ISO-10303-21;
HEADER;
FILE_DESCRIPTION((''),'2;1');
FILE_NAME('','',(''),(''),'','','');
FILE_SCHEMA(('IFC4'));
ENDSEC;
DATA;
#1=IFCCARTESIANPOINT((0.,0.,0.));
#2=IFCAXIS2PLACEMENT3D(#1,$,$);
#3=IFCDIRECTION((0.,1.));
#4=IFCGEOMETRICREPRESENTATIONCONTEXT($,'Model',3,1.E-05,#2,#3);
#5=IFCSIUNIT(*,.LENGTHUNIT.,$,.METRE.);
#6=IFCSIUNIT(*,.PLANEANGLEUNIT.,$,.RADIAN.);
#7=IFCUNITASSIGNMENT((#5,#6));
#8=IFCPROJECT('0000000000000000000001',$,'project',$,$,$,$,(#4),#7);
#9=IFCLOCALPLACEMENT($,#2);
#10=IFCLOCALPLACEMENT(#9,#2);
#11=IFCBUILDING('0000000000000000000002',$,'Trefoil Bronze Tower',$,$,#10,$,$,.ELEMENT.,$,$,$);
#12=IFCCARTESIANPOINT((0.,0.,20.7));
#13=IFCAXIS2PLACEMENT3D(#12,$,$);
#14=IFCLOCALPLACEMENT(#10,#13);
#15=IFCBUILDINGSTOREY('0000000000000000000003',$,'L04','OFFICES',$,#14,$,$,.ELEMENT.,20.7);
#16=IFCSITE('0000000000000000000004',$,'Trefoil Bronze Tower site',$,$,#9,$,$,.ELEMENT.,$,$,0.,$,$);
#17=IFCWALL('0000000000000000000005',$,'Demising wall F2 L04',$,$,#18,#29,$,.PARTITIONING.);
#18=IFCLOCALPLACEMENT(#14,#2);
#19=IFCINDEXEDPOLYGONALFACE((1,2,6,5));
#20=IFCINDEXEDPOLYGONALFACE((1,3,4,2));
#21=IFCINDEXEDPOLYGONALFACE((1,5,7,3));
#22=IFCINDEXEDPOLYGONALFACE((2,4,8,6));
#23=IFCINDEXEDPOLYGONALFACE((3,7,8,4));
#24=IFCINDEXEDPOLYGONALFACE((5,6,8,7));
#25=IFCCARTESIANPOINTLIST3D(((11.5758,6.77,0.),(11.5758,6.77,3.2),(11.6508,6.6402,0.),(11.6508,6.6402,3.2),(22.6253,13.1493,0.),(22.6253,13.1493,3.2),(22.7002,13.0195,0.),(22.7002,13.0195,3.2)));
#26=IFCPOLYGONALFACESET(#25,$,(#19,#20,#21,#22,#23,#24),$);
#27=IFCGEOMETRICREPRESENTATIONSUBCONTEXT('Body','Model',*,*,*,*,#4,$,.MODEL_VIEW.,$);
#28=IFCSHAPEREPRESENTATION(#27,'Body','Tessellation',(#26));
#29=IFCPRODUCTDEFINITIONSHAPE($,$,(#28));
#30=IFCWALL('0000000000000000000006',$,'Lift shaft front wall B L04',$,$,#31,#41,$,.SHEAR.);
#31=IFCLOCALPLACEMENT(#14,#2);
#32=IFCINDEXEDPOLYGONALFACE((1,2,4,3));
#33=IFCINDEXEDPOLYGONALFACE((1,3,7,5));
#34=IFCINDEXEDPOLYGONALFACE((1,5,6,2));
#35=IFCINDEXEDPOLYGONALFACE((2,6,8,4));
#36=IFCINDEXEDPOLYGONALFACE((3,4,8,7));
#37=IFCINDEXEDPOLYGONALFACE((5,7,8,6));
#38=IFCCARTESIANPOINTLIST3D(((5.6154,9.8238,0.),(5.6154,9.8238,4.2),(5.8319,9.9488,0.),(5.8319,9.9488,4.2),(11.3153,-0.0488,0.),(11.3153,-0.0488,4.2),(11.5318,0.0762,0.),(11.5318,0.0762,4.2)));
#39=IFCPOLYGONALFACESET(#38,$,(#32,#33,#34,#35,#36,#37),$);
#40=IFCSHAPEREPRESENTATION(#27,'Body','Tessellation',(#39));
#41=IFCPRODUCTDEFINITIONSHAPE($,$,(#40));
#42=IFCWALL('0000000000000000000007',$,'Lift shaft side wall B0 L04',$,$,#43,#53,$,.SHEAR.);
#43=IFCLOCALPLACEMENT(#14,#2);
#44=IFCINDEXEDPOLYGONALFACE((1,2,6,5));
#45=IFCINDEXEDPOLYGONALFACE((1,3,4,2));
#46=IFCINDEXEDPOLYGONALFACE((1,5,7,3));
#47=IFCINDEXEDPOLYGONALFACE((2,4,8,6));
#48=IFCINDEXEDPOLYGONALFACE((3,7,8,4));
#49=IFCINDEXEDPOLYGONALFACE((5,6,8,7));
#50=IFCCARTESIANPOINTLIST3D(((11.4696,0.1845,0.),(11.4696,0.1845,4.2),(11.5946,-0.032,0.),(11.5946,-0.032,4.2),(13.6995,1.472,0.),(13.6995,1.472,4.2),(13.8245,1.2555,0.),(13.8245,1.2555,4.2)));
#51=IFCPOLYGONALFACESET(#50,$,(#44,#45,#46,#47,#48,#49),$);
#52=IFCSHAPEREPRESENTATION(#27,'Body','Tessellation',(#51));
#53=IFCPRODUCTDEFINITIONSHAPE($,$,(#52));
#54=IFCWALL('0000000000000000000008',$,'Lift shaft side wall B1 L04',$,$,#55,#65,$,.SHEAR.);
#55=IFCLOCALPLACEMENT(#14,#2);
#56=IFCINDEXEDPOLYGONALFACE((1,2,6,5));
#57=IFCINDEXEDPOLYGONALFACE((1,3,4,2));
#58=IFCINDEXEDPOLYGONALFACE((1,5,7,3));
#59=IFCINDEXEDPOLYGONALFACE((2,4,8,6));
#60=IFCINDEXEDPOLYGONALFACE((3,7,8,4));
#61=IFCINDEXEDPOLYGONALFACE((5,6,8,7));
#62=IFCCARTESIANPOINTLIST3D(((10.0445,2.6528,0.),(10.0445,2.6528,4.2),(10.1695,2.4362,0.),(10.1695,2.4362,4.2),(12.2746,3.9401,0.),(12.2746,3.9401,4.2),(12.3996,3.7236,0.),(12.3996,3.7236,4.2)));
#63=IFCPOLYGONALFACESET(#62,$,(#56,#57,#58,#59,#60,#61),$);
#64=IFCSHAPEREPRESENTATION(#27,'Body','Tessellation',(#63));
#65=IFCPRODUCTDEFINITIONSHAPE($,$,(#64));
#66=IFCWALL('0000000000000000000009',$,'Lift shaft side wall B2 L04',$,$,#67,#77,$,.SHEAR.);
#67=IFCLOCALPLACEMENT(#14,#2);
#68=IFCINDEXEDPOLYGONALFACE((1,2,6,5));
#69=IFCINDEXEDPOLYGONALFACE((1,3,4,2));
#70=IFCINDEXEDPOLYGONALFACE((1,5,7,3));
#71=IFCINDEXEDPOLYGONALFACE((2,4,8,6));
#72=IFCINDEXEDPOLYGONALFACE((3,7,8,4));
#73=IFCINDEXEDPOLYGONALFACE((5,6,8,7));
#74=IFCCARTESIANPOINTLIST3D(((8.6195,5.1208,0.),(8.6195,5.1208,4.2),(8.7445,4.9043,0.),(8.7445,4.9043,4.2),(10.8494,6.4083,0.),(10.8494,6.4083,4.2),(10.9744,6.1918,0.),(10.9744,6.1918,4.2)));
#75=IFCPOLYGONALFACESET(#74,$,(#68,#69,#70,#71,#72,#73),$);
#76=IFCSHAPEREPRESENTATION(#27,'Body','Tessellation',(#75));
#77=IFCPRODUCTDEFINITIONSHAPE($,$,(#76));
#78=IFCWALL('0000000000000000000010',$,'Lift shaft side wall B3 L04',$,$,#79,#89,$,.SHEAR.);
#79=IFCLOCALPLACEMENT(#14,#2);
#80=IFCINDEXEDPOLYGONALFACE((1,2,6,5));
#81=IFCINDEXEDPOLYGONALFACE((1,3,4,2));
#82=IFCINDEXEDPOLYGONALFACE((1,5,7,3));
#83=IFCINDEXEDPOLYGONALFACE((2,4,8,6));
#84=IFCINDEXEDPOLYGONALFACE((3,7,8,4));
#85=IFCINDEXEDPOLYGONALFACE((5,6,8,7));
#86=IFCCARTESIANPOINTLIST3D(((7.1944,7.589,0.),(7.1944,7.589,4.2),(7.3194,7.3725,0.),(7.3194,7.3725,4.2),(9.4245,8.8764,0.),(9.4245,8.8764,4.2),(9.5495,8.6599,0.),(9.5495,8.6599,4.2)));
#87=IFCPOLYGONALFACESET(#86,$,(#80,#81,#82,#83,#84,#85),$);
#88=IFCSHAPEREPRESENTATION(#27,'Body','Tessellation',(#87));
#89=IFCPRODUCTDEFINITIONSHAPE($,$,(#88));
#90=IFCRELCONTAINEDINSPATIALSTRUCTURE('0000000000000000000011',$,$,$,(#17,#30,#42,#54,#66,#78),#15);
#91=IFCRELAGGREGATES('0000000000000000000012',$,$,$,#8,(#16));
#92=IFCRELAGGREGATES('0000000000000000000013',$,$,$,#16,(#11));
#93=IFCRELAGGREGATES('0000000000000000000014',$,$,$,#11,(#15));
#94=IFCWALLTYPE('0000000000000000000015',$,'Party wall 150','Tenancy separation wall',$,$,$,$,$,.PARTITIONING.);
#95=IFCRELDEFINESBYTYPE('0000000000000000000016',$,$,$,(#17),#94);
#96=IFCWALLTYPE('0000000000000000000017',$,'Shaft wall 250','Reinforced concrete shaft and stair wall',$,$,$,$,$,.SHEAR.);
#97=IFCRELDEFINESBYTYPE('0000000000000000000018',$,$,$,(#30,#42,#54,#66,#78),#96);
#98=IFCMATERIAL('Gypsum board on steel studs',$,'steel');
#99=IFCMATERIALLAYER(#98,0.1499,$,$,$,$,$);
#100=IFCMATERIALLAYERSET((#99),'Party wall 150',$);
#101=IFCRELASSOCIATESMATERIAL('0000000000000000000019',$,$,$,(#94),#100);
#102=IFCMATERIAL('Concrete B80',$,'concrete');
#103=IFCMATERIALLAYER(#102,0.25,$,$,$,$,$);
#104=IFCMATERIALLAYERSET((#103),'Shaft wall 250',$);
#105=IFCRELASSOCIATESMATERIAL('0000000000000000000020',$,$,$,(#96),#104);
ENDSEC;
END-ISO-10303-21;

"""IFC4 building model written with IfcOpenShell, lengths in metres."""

from ifc_helpers import new_model, si_unit, direction, frame, frame_2d, origin, place, context, subcontext, project, spatial, rectangle, extrude, material, layer, layer_set, type_object, element, save


model = new_model("IFC4")

# Units and contexts
model_context = context("Model", 3, precision=1e-05, world=origin(), true_north=direction((0.0, 1.0)))
body_context = subcontext(model_context, "Body", "Model", "MODEL_VIEW")
ifc_project = project(units=[si_unit("LENGTHUNIT", "METRE"), si_unit("PLANEANGLEUNIT", "RADIAN")], contexts=[model_context])

# Site, building, storey
site_placement = place(None, origin())
site = spatial("IfcSite", under=ifc_project, at=site_placement, Name="Trefoil Bronze Tower site", CompositionType="ELEMENT", RefElevation=0.0)
building_placement = place(site_placement, origin())
building = spatial("IfcBuilding", under=site, at=building_placement, Name="Trefoil Bronze Tower", CompositionType="ELEMENT")
storey_placement = place(building_placement, frame((0.0, 0.0, 20.7)))
storey = spatial("IfcBuildingStorey", under=building, at=storey_placement, Name="L04", Description="OFFICES", CompositionType="ELEMENT", Elevation=20.7)

# Walls
ifc_material_1 = material(Name="Gypsum board on steel studs", Category="steel")
ifc_layer_1 = layer(ifc_material_1, 0.1499)
ifc_layer_set_1 = layer_set([ifc_layer_1], Name="Party wall 150")
wall_type_1 = type_object("IfcWallType", Name="Party wall 150", Description="Tenancy separation wall", PredefinedType="PARTITIONING", material=ifc_layer_set_1)
wall_1_placement = place(storey_placement, frame((11.6133, 6.7051, 0.0), z_axis=(0.0, 0.0, 1.0), x_axis=(0.866028, 0.499996, 0.0)))
element("IfcWall", 1, at=wall_1_placement, inside=storey, type_object=wall_type_1, Name="Demising wall F2 L04", PredefinedType="PARTITIONING", context=body_context, shape_type="SweptSolid", body=[
    extrude(rectangle(XDim=12.7588, YDim=0.1499, at=frame_2d((6.3794, 0.0))), origin(), (0.0, 0.0, 1.0), 3.2),
])
ifc_material_2 = material(Name="Concrete B80", Category="concrete")
ifc_layer_2 = layer(ifc_material_2, 0.25)
ifc_layer_set_2 = layer_set([ifc_layer_2], Name="Shaft wall 250")
wall_type_2 = type_object("IfcWallType", Name="Shaft wall 250", Description="Reinforced concrete shaft and stair wall", PredefinedType="SHEAR", material=ifc_layer_set_2)
wall_2_placement = place(storey_placement, frame((11.4236, 0.0137, 0.0), z_axis=(0.0, 0.0, 1.0), x_axis=(-0.500002, 0.866024, 0.0)))
element("IfcWall", 2, at=wall_2_placement, inside=storey, type_object=wall_type_2, Name="Lift shaft front wall B L04", PredefinedType="SHEAR", context=body_context, shape_type="SweptSolid", body=[
    extrude(rectangle(XDim=11.3999, YDim=0.25, at=frame_2d((5.7, 0.0))), origin(), (0.0, 0.0, 1.0), 4.2),
])
for number, where, z_axis, x_axis, name in (
    (3, (11.532, 0.0762, 0.0), (0.0, 0.0, 1.0), (0.866006, 0.500034, 0.0), "Lift shaft side wall B0 L04"),
    (4, (10.1069, 2.5444, 0.0), (0.0, 0.0, 1.0), (0.866047, 0.499963, 0.0), "Lift shaft side wall B1 L04"),
    (5, (8.6819, 5.0125, 0.0), (0.0, 0.0, 1.0), (0.866006, 0.500034, 0.0), "Lift shaft side wall B2 L04"),
    (6, (7.2568, 7.4807, 0.0), (0.0, 0.0, 1.0), (0.866047, 0.499963, 0.0), "Lift shaft side wall B3 L04"),
):
    element("IfcWall", number, at=place(storey_placement, frame(where, z_axis=z_axis, x_axis=x_axis)), inside=storey, type_object=wall_type_2, Name=name, PredefinedType="SHEAR", context=body_context, shape_type="SweptSolid", body=[
        extrude(rectangle(XDim=2.575, YDim=0.25, at=frame_2d((1.2876, 0.0))), origin(), (0.0, 0.0, 1.0), 4.2),
    ])

save(model, "model.ifc")
